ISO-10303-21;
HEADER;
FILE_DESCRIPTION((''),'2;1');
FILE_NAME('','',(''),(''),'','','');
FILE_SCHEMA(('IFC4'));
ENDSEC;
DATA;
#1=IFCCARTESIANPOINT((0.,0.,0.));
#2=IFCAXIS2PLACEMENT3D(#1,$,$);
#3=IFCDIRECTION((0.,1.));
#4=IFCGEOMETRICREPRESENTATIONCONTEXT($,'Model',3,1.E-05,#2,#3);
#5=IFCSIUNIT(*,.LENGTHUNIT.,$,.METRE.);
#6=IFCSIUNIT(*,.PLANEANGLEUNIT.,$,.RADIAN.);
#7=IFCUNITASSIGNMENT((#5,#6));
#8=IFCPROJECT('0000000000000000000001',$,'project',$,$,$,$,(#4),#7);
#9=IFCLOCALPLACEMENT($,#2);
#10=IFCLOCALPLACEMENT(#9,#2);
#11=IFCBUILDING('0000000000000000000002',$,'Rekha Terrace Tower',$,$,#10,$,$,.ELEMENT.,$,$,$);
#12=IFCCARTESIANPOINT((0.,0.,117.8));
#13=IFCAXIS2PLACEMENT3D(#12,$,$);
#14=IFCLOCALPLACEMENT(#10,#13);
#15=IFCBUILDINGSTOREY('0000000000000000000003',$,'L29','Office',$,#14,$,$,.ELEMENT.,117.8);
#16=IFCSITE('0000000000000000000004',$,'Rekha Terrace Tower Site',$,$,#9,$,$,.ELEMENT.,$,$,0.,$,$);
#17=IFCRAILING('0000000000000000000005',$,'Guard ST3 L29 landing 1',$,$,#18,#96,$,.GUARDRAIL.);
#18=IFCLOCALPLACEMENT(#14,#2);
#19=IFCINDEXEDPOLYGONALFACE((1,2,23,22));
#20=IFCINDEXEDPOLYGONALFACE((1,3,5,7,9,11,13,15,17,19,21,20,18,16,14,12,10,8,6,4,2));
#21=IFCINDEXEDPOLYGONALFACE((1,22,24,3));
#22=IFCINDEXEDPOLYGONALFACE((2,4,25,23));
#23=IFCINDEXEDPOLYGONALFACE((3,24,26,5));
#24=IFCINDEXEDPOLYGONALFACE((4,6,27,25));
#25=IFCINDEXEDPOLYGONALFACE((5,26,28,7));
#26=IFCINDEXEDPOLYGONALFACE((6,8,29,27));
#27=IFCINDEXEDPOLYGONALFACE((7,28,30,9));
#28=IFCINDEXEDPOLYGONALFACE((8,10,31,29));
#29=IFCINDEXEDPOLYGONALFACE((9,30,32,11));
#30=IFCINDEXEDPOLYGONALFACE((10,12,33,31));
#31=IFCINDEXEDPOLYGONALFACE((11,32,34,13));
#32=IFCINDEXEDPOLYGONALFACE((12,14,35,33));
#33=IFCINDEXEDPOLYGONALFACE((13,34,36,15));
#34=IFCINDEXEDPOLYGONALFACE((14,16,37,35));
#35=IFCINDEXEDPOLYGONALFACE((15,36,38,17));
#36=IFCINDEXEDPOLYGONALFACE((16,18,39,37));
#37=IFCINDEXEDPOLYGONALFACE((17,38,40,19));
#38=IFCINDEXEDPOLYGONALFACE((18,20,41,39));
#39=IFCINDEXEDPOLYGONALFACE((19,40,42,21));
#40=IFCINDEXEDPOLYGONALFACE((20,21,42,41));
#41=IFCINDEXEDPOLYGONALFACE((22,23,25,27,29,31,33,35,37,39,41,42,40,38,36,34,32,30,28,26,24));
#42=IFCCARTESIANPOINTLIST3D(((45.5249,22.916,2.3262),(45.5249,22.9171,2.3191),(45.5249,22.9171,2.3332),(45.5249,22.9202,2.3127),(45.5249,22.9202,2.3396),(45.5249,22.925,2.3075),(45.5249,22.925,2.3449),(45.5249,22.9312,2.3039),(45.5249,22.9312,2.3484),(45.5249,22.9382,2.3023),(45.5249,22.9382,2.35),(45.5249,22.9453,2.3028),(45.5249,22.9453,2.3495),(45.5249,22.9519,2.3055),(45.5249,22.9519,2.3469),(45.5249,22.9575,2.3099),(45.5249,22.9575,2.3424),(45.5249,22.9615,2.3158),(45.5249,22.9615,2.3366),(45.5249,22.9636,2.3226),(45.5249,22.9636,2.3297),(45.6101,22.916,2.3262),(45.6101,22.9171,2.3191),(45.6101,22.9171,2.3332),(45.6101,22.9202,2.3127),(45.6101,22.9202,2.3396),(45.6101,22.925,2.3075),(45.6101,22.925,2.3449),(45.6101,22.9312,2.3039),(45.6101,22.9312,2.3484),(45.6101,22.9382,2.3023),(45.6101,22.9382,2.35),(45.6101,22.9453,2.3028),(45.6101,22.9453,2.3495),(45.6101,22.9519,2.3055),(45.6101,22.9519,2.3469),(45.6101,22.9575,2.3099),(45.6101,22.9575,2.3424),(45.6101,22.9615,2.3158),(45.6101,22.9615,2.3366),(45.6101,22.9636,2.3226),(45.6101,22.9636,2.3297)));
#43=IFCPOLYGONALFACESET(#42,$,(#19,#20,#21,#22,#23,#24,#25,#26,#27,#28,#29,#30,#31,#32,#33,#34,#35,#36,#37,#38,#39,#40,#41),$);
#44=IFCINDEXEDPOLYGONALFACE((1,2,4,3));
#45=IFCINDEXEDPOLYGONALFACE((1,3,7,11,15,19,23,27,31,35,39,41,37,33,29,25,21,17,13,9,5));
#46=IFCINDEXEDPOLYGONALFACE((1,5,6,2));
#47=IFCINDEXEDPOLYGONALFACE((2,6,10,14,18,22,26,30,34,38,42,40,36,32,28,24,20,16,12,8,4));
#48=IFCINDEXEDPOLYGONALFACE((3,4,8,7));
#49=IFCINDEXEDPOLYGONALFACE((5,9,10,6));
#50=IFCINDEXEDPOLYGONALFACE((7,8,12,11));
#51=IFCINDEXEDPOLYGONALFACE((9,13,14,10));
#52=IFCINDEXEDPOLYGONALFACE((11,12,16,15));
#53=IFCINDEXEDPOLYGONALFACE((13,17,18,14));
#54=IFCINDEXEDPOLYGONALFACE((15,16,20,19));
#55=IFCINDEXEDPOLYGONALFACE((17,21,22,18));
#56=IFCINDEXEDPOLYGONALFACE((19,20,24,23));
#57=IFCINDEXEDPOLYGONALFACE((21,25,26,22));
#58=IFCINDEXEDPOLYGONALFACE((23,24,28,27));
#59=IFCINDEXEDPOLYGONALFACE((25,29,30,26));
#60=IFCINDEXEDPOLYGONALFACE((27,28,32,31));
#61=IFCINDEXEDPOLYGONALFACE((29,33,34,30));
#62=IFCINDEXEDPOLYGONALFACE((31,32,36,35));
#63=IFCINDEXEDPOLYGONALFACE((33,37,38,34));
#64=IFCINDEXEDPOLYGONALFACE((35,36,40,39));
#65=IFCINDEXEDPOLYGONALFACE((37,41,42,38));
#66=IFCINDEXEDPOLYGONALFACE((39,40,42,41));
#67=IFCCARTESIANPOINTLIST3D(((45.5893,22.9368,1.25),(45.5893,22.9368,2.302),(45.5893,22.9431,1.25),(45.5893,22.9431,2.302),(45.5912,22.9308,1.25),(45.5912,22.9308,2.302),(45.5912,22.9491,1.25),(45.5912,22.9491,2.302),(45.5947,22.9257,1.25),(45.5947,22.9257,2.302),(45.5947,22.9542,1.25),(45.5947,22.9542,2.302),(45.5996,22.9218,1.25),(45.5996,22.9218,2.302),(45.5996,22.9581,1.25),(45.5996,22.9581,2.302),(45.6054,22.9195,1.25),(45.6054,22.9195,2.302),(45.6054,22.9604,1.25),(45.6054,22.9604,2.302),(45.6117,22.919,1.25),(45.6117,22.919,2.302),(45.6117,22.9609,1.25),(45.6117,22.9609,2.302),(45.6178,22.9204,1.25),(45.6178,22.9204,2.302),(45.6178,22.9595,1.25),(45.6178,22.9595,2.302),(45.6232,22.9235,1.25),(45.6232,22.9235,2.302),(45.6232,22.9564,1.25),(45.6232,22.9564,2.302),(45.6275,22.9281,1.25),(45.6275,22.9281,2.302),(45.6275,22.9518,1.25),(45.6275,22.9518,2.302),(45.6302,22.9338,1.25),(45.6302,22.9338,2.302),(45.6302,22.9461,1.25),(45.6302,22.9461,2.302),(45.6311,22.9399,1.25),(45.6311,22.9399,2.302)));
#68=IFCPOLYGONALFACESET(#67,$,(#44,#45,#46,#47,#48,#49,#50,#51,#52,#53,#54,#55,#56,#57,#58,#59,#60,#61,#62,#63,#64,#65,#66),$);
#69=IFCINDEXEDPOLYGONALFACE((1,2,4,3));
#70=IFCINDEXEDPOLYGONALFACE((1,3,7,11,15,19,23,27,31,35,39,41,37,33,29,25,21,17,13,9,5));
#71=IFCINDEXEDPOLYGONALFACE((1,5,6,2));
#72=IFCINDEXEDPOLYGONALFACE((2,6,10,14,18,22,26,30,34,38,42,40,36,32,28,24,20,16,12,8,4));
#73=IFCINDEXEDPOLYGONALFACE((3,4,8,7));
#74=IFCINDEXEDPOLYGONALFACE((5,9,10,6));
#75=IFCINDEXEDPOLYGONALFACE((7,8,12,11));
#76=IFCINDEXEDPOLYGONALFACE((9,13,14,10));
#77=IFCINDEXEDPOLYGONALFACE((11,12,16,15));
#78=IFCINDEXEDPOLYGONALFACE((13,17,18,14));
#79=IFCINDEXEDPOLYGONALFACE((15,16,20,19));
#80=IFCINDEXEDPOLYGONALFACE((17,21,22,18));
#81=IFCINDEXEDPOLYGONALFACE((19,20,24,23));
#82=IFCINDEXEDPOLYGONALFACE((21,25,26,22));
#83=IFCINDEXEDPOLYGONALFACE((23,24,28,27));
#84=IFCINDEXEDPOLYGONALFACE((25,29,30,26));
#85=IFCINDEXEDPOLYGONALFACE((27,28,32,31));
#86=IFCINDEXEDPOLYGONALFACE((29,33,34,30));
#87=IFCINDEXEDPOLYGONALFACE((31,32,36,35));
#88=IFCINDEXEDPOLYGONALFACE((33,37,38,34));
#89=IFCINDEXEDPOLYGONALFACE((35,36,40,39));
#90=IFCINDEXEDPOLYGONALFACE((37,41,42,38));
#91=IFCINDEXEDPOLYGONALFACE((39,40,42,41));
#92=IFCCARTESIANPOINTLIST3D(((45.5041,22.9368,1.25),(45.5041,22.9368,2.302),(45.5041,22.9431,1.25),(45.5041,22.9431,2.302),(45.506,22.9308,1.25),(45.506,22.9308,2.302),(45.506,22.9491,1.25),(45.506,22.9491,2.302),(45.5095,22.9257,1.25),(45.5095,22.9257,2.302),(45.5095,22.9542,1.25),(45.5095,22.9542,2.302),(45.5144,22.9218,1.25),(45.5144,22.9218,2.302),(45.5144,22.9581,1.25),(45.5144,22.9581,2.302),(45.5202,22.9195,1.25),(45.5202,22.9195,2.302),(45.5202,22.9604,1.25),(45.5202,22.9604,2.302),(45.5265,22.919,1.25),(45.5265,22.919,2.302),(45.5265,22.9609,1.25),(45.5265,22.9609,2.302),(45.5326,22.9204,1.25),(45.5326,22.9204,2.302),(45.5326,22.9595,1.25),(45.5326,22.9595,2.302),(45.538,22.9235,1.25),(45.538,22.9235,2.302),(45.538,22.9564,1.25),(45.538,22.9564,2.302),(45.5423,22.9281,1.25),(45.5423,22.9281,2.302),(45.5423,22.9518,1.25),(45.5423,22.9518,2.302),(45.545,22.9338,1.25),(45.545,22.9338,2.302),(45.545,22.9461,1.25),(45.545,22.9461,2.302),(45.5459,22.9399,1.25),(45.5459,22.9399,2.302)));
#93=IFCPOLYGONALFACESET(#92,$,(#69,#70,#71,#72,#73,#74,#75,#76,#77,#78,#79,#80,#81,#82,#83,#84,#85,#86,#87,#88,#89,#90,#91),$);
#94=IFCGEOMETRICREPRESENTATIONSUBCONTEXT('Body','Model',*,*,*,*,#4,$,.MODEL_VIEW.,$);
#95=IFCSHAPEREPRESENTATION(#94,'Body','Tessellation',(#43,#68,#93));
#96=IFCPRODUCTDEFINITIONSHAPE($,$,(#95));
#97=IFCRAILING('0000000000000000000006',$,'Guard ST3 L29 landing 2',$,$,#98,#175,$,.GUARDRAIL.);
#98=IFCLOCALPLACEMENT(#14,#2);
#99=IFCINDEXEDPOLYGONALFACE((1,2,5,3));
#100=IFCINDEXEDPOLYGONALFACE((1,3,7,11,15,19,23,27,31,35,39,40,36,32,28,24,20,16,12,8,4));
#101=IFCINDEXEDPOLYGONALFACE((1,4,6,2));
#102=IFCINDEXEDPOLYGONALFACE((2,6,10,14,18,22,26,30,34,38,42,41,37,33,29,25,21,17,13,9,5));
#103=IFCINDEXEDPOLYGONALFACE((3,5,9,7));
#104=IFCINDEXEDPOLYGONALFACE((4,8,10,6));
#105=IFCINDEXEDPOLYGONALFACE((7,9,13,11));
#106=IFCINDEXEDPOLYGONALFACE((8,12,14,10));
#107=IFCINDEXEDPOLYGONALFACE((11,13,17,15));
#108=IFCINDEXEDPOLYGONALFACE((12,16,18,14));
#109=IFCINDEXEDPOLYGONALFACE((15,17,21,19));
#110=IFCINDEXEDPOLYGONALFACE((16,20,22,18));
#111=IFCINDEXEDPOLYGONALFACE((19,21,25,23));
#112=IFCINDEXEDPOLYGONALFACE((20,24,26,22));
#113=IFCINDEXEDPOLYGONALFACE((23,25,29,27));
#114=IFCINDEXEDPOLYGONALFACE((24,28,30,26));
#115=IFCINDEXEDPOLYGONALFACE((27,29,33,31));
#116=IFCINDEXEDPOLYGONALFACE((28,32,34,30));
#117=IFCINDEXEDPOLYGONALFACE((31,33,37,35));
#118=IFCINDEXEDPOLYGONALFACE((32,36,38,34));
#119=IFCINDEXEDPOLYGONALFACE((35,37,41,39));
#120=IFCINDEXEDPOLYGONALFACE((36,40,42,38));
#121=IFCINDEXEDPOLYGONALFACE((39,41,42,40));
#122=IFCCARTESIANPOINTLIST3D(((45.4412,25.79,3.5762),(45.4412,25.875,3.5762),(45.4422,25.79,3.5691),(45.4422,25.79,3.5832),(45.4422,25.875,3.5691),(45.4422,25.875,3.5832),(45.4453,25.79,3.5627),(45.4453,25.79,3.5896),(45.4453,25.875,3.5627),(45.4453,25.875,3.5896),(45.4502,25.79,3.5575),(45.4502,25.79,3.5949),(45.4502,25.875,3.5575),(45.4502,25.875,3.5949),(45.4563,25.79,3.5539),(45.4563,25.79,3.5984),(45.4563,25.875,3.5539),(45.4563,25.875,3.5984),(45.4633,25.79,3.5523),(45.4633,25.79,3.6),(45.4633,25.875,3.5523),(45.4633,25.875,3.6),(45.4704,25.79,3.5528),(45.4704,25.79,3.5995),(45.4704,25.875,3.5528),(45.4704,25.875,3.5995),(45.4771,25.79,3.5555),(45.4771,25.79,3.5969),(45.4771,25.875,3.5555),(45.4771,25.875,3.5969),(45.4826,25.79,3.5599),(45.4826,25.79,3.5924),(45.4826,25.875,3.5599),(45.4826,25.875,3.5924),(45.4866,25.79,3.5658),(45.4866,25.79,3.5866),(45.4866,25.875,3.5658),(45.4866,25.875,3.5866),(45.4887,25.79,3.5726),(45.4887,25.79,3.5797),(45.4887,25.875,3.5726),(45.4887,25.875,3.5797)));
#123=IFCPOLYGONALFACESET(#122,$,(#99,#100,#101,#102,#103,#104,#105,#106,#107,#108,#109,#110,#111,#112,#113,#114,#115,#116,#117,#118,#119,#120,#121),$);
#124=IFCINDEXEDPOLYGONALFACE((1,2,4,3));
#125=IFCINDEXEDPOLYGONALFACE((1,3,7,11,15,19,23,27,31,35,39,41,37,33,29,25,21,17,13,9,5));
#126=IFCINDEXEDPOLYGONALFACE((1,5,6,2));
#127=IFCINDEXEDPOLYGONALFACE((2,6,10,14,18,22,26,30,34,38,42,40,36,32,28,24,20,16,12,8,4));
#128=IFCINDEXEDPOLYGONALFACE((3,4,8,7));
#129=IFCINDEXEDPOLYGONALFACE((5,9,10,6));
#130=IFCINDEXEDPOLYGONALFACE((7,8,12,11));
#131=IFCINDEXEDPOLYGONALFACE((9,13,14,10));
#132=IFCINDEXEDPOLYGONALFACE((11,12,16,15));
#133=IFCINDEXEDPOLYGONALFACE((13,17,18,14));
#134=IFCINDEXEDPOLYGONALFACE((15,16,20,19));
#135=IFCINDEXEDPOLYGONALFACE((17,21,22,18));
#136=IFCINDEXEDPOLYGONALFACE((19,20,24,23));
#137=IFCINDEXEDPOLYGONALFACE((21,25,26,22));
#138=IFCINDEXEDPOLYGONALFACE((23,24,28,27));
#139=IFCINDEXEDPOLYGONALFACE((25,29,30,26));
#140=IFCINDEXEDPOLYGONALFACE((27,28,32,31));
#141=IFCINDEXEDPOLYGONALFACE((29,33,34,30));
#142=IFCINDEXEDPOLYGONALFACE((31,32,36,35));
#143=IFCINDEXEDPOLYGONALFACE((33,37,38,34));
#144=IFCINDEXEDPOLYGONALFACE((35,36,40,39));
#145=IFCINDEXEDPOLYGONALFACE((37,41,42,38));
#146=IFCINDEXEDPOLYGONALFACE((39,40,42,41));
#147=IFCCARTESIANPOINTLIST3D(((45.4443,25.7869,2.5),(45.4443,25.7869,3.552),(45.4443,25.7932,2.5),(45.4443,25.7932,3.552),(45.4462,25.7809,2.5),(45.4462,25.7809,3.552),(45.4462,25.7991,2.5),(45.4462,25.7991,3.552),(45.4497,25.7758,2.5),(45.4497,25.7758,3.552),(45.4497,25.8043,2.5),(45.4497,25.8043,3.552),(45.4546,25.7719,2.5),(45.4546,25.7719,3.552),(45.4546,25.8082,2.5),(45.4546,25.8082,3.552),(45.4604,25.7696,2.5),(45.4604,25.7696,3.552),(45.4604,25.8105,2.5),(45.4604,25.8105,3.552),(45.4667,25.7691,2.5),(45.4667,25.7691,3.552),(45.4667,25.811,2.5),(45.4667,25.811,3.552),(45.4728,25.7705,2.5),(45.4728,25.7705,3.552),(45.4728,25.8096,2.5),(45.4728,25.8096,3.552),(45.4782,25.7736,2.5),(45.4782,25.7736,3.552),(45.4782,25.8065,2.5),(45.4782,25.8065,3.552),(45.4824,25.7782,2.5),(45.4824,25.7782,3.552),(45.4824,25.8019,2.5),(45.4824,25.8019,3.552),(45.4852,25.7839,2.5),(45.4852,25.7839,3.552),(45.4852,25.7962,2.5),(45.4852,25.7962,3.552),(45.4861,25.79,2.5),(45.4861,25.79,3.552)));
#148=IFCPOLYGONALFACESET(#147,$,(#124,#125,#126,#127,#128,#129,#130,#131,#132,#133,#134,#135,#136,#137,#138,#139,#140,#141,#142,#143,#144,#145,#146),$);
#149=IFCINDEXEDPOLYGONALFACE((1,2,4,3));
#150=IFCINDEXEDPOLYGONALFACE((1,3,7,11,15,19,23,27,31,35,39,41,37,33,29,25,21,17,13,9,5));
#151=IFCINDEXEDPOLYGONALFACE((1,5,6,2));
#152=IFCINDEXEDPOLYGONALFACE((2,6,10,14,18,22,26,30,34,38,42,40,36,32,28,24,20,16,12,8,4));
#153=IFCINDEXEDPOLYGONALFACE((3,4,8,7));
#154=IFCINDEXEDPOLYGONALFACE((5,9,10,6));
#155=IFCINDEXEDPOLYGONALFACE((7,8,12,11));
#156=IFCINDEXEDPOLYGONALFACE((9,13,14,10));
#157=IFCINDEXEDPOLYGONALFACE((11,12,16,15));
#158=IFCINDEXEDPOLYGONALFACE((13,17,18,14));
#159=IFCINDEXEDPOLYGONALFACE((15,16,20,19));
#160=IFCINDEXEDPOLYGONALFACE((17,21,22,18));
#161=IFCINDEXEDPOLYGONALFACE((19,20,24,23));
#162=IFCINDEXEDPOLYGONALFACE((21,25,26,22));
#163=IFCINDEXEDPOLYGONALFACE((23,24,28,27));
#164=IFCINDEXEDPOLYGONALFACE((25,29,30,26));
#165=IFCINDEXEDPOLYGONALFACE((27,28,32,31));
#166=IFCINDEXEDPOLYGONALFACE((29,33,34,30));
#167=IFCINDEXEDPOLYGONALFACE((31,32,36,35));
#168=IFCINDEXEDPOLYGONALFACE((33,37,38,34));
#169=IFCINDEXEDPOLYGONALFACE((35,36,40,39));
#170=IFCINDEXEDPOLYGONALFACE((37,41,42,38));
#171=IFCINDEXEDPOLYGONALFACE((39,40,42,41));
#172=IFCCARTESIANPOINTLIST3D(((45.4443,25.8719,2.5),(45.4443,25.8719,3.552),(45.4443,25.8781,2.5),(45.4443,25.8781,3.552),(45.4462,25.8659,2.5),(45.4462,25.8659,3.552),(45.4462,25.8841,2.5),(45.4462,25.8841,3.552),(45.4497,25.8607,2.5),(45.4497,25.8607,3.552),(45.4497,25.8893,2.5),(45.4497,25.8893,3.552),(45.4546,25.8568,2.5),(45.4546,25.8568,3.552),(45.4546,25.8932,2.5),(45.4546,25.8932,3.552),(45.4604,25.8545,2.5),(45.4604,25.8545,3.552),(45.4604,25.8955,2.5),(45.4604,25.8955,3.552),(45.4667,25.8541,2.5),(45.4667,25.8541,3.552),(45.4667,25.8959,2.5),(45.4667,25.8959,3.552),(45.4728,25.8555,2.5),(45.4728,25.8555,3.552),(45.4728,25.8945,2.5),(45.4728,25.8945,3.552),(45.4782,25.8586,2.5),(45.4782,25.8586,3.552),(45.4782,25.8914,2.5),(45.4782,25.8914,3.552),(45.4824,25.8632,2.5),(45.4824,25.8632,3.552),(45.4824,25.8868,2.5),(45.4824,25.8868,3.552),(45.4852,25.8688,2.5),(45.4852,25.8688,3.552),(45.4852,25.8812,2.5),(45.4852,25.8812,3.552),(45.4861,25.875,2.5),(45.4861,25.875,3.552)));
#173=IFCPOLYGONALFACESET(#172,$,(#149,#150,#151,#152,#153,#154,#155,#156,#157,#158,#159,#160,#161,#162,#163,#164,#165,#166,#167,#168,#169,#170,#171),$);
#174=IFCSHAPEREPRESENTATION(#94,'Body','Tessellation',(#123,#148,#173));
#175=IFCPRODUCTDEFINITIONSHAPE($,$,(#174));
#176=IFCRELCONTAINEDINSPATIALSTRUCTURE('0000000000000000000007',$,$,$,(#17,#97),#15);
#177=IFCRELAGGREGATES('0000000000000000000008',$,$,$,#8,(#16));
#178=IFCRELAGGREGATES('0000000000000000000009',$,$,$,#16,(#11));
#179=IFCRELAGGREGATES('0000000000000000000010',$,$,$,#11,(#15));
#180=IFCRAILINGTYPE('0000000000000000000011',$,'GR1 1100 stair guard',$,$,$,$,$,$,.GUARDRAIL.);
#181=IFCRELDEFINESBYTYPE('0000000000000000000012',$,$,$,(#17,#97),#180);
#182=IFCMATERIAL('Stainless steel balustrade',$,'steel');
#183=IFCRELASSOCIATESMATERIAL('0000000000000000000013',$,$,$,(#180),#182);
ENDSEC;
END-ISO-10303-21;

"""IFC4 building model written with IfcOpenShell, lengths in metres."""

from ifc_helpers import new_model, si_unit, direction, frame, origin, origin_2d, place, context, subcontext, project, spatial, circle, extrude, material, type_object, element, save


model = new_model("IFC4")

# Units and contexts
model_context = context("Model", 3, precision=1e-05, world=origin(), true_north=direction((0.0, 1.0)))
body_context = subcontext(model_context, "Body", "Model", "MODEL_VIEW")
ifc_project = project(units=[si_unit("LENGTHUNIT", "METRE"), si_unit("PLANEANGLEUNIT", "RADIAN")], contexts=[model_context])

# Site, building, storey
site_placement = place(None, origin())
site = spatial("IfcSite", under=ifc_project, at=site_placement, Name="Rekha Terrace Tower Site", CompositionType="ELEMENT", RefElevation=0.0)
building_placement = place(site_placement, origin())
building = spatial("IfcBuilding", under=site, at=building_placement, Name="Rekha Terrace Tower", CompositionType="ELEMENT")
storey_placement = place(building_placement, frame((0.0, 0.0, 117.8)))
storey = spatial("IfcBuildingStorey", under=building, at=storey_placement, Name="L29", Description="Office", CompositionType="ELEMENT", Elevation=117.8)

# Railings
ifc_material_1 = material(Name="Stainless steel balustrade", Category="steel")
railing_type_1 = type_object("IfcRailingType", Name="GR1 1100 stair guard", PredefinedType="GUARDRAIL", material=ifc_material_1)
railing_1_placement = place(storey_placement, frame((45.6101, 22.9399, 1.25)))
element("IfcRailing", 1, at=railing_1_placement, inside=storey, type_object=railing_type_1, Name="Guard ST3 L29 landing 1", PredefinedType="GUARDRAIL", context=body_context, shape_type="SweptSolid", body=[
    extrude(circle(Radius=0.0239, at=origin_2d()), frame((0.0, 0.0, 1.0762), z_axis=(-1.0, 0.0, 0.0), x_axis=(0.0, -1.0, 0.0)), (0.0, 0.0, 1.0), 0.0852),
    extrude(circle(Radius=0.021, at=origin_2d()), origin(), (0.0, 0.0, 1.0), 1.052),
    extrude(circle(Radius=0.021, at=origin_2d()), frame((-0.0852, 0.0, 0.0)), (0.0, 0.0, 1.0), 1.052),
])
railing_2_placement = place(storey_placement, frame((45.4651, 25.79, 2.5)))
element("IfcRailing", 2, at=railing_2_placement, inside=storey, type_object=railing_type_1, Name="Guard ST3 L29 landing 2", PredefinedType="GUARDRAIL", context=body_context, shape_type="SweptSolid", body=[
    extrude(circle(Radius=0.0239, at=origin_2d()), frame((0.0, 0.0, 1.0762), z_axis=(0.0, 1.0, 0.0), x_axis=(-1.0, 0.0, 0.0)), (0.0, 0.0, 1.0), 0.085),
    extrude(circle(Radius=0.021, at=origin_2d()), origin(), (0.0, 0.0, 1.0), 1.052),
    extrude(circle(Radius=0.021, at=origin_2d()), frame((0.0, 0.085, 0.0)), (0.0, 0.0, 1.0), 1.052),
])

save(model, "model.ifc")
